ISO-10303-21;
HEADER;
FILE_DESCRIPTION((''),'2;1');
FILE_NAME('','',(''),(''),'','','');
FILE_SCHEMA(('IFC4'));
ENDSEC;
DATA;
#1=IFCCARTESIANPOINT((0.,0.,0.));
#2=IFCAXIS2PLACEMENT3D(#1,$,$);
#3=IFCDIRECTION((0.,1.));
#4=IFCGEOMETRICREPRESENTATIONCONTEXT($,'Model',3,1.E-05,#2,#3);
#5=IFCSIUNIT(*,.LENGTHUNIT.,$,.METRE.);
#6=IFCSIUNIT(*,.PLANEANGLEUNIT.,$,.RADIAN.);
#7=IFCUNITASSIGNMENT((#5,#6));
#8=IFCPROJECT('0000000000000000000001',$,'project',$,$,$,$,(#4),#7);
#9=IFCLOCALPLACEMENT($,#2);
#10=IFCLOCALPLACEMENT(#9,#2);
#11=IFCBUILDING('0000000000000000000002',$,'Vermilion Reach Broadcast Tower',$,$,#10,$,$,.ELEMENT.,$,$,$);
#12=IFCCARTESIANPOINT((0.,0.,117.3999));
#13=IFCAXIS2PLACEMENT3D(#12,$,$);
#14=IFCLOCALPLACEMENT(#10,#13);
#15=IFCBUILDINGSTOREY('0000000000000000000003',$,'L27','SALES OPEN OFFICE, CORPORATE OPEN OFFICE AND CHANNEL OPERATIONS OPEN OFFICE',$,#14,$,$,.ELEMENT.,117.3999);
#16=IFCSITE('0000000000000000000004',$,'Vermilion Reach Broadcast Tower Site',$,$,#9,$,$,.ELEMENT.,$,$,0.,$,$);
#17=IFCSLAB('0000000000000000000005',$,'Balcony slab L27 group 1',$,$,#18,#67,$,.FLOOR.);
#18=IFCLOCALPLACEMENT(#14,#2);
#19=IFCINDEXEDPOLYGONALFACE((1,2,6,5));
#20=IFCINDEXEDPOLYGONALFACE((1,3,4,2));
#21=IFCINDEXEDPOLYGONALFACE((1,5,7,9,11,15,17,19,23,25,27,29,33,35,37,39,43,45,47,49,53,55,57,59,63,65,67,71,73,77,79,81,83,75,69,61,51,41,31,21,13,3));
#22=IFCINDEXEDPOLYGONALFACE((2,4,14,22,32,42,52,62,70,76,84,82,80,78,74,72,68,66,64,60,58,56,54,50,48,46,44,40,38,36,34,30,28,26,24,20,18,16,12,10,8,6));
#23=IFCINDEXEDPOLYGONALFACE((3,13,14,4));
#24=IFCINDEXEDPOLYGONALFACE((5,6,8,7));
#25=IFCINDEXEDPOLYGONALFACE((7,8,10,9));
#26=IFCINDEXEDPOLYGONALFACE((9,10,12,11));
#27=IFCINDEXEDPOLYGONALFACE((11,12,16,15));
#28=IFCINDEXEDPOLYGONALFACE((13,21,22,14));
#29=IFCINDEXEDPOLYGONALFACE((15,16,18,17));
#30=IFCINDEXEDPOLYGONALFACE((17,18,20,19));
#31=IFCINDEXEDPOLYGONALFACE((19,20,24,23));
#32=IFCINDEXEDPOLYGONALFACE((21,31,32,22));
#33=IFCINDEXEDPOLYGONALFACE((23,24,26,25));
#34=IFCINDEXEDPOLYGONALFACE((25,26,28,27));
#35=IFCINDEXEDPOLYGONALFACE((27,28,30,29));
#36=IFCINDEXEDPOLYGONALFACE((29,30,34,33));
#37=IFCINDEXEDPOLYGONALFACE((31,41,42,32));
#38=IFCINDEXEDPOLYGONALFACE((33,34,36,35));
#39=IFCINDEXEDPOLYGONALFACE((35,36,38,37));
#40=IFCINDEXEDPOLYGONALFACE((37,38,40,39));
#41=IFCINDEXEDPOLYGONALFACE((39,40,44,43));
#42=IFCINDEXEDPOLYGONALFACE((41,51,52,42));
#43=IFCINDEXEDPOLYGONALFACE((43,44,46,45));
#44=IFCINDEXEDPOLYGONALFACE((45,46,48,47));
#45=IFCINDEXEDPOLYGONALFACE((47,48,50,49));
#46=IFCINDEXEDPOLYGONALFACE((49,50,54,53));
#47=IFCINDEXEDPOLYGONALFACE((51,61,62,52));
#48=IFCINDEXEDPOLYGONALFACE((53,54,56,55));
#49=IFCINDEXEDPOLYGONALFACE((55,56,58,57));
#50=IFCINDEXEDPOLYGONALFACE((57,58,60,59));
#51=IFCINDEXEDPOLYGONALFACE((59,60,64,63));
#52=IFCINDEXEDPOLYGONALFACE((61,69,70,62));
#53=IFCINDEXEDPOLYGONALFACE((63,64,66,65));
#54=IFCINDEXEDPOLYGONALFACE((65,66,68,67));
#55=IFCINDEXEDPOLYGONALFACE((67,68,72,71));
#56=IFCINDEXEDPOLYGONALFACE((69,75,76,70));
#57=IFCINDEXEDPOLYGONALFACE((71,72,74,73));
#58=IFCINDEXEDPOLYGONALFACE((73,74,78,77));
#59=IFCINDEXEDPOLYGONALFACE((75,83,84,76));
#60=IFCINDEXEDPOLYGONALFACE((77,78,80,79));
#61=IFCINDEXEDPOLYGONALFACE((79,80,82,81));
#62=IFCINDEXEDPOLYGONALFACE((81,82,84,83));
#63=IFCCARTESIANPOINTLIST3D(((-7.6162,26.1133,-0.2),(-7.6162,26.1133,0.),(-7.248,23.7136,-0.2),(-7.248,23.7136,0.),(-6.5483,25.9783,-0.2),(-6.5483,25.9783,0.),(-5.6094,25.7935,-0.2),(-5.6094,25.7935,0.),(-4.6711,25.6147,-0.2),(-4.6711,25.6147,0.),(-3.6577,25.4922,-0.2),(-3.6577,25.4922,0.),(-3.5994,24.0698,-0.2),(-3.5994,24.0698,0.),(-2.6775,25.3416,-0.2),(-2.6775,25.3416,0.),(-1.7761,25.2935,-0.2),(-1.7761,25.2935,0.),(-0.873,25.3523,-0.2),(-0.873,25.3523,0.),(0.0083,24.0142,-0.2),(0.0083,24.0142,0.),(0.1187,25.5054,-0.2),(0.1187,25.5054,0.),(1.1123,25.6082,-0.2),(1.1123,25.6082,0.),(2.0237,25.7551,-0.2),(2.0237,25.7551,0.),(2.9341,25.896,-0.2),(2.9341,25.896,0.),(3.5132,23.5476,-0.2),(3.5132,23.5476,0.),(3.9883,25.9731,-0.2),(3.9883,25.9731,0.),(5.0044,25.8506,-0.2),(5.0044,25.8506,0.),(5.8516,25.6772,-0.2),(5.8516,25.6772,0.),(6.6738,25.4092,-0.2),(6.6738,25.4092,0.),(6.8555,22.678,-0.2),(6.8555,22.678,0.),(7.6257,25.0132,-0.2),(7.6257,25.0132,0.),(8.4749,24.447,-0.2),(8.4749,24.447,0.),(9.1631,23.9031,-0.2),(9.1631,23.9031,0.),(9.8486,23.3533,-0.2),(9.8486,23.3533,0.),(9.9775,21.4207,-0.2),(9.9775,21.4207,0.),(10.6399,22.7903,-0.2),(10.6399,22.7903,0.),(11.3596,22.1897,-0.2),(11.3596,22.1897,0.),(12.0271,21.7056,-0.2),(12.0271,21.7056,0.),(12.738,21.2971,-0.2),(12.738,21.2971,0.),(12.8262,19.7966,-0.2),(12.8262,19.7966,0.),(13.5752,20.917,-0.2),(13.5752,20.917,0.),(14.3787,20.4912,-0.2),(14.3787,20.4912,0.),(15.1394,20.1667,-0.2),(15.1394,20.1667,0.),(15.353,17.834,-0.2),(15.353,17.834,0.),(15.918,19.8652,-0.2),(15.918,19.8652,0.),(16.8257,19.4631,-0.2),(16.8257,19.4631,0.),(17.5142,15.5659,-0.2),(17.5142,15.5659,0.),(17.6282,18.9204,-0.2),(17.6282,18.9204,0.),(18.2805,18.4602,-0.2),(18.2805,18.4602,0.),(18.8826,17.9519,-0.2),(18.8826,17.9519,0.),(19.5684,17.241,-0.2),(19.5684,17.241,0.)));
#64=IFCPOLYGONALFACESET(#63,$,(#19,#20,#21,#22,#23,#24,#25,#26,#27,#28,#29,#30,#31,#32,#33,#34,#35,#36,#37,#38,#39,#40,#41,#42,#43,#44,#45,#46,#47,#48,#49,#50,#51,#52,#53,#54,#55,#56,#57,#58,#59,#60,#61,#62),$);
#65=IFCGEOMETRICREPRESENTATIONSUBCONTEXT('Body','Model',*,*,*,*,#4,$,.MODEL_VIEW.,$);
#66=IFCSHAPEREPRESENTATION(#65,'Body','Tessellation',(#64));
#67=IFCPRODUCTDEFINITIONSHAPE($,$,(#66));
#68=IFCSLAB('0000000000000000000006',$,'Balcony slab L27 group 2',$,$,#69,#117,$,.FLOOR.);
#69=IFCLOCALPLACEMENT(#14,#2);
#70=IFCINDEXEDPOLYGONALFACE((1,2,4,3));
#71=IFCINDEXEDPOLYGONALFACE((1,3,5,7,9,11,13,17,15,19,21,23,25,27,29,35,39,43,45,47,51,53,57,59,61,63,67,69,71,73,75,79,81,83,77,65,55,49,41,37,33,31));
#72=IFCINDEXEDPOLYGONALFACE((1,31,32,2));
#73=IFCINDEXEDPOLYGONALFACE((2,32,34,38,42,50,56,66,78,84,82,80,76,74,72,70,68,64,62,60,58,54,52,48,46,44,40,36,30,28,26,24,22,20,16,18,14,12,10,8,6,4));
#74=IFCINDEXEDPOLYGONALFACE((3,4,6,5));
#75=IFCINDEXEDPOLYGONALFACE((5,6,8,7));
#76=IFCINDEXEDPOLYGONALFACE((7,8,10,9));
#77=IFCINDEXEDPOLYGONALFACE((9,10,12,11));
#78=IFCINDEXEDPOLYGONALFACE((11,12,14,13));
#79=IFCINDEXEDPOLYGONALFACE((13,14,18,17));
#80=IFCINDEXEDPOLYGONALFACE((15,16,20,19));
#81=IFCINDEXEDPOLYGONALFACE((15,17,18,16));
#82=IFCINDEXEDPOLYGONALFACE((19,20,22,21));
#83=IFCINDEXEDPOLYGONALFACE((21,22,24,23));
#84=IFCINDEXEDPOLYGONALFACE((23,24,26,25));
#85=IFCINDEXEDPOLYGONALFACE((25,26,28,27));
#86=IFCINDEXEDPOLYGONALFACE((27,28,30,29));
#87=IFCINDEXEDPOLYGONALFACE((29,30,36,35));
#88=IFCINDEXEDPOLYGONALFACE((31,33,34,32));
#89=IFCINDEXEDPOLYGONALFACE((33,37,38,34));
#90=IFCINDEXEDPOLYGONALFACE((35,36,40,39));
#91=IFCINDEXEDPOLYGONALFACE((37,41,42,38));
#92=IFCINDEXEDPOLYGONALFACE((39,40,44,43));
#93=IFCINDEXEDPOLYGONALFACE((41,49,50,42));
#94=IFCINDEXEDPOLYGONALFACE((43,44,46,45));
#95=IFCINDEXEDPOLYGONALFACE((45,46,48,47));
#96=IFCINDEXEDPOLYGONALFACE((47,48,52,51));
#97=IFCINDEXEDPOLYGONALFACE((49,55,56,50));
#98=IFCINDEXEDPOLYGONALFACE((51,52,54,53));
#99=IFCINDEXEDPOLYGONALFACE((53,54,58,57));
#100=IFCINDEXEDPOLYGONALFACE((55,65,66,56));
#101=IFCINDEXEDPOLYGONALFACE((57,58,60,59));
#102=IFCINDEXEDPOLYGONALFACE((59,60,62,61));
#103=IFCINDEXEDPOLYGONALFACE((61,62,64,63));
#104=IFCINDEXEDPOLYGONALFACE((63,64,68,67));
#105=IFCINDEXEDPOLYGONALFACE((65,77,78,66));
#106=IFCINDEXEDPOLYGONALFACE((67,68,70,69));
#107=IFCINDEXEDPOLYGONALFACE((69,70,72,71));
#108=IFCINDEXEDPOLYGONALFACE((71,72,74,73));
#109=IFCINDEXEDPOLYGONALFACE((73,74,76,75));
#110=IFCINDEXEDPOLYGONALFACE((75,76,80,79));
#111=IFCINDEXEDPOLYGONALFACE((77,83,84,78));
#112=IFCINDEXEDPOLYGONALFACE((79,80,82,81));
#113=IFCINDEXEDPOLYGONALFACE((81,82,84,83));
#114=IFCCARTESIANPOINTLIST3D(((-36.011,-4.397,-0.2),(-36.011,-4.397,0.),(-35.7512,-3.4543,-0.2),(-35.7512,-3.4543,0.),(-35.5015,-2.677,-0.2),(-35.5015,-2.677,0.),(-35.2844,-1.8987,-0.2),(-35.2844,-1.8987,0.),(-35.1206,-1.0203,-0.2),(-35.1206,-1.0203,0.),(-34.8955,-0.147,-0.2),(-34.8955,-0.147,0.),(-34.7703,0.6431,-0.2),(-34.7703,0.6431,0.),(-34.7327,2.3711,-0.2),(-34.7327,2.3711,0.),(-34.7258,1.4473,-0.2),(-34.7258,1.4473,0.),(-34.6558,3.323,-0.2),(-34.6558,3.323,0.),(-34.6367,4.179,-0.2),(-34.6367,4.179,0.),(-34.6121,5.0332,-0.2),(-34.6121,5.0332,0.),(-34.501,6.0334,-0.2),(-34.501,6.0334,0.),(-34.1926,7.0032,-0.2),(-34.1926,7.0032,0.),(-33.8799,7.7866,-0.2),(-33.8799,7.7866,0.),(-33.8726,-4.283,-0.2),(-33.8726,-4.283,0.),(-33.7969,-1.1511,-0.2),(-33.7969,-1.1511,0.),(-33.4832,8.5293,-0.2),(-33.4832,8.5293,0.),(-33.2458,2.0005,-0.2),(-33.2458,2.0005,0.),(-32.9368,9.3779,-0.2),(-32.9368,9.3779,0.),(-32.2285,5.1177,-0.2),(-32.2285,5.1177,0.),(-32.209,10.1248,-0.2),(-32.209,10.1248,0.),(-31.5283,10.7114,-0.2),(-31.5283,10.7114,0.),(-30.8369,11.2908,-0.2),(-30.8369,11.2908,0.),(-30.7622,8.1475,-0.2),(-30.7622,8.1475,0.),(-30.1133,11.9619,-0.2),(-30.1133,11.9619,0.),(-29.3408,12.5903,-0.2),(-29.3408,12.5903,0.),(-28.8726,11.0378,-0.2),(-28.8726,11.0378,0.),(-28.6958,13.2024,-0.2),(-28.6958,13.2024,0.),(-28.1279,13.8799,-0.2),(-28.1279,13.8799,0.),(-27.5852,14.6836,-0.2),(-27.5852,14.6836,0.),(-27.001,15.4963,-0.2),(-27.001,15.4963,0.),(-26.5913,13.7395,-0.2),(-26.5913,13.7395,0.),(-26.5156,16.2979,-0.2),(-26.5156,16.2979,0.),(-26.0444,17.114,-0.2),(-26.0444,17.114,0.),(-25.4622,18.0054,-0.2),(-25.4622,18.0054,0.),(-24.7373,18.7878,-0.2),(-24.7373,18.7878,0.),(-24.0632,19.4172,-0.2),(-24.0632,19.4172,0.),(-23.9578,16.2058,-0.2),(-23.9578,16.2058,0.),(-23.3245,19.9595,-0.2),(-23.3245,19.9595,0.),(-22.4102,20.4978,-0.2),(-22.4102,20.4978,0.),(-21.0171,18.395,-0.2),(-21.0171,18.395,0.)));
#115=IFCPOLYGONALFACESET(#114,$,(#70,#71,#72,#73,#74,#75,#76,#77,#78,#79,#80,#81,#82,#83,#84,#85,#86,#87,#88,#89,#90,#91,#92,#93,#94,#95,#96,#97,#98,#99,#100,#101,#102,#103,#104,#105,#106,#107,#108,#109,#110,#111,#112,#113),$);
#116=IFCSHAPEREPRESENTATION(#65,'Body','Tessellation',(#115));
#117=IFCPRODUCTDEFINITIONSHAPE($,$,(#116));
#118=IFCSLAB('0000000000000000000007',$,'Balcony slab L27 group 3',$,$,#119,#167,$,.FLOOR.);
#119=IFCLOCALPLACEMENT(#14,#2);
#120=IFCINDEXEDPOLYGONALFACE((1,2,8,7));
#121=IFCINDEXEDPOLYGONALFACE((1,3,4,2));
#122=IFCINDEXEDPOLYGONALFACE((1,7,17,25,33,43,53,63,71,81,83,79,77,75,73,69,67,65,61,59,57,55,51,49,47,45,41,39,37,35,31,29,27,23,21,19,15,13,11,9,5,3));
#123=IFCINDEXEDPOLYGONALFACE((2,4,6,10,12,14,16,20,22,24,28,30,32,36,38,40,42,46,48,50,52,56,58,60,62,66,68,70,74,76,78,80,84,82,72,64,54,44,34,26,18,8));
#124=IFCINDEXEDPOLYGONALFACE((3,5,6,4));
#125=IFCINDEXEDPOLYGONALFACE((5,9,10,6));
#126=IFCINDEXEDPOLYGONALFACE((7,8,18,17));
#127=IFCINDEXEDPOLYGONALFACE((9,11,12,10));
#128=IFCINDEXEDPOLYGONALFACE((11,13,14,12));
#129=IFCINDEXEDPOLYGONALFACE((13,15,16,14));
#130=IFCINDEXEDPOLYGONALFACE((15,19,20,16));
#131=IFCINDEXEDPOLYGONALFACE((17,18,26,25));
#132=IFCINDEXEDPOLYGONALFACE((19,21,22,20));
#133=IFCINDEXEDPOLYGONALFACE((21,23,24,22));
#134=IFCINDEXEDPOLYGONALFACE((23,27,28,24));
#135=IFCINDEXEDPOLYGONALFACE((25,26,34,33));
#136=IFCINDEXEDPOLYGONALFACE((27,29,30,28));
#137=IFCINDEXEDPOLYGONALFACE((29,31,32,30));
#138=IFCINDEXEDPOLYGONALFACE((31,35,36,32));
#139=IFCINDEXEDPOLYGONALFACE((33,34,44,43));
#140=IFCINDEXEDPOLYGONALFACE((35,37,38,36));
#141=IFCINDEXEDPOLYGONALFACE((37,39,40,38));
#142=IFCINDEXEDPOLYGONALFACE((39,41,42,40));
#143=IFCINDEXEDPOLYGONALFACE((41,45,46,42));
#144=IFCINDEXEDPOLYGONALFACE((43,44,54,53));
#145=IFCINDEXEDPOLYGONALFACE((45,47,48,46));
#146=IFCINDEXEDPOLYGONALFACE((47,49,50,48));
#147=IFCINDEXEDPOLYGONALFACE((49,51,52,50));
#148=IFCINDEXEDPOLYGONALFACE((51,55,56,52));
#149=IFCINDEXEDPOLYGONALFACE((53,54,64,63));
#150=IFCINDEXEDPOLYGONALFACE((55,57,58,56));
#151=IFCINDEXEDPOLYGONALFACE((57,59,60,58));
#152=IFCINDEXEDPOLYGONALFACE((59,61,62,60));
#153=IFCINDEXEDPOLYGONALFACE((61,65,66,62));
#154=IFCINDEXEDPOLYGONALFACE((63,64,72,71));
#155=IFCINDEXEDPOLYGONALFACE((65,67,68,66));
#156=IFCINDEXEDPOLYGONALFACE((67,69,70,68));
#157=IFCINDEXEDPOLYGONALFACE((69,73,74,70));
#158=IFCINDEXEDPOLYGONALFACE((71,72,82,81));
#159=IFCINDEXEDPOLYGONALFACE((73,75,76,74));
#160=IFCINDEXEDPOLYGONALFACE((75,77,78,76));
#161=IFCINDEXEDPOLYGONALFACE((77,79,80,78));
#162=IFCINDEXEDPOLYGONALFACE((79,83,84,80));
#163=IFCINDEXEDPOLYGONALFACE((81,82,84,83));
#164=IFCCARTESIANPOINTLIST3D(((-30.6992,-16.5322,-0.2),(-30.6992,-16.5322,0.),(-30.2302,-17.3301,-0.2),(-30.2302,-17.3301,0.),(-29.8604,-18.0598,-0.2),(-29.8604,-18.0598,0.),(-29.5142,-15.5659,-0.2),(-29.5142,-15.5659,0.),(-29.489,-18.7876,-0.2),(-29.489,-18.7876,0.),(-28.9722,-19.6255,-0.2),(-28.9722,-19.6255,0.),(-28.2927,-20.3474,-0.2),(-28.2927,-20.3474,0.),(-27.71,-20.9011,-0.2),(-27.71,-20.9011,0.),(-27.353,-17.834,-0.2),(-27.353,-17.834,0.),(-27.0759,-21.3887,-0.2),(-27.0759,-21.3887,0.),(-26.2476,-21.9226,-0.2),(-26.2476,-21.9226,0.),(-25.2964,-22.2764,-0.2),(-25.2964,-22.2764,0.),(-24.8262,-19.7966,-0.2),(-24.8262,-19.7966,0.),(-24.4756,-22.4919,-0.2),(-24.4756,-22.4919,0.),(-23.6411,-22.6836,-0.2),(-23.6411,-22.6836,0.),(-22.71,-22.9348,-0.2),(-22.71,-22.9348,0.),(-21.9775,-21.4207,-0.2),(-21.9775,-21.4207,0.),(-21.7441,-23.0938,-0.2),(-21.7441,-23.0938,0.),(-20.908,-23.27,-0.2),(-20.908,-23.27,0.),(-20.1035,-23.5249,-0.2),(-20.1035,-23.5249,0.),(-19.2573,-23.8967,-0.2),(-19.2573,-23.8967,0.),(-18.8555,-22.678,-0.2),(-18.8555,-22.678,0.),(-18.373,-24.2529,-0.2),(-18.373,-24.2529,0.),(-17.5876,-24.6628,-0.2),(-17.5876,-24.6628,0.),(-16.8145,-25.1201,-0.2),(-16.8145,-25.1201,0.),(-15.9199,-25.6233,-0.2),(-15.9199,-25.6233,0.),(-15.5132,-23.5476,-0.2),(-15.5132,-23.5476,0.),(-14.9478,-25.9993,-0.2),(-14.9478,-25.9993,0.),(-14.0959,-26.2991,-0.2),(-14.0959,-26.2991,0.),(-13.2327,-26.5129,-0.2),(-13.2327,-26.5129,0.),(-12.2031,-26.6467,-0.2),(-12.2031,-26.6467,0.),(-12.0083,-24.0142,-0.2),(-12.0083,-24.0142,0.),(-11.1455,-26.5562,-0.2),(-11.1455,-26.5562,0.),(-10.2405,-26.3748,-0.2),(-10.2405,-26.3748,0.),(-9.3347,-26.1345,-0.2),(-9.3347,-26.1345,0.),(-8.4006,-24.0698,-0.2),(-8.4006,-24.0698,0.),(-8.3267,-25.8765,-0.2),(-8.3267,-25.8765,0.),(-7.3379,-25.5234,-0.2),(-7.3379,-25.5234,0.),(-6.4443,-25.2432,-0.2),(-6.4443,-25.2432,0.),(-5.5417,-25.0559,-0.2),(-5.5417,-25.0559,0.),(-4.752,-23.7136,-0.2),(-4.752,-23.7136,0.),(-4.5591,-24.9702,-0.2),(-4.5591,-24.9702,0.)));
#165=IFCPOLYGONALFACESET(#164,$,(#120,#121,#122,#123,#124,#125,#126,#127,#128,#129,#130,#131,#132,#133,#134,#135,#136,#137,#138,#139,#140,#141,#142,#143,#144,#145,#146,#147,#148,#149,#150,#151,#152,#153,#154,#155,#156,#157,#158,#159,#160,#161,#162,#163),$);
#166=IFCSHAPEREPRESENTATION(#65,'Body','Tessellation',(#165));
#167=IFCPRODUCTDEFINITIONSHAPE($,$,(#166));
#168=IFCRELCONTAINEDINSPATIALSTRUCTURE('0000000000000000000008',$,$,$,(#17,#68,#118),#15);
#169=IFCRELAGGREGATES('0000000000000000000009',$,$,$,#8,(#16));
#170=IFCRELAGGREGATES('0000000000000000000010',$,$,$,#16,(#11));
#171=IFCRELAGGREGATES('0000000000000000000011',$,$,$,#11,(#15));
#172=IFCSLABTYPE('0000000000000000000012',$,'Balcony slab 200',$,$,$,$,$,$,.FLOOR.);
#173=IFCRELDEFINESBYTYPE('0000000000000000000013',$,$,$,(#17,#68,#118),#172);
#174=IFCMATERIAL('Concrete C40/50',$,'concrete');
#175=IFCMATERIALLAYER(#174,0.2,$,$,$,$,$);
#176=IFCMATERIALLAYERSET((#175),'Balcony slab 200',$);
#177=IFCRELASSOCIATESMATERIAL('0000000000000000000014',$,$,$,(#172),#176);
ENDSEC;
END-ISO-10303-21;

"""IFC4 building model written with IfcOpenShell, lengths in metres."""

from ifc_helpers import new_model, si_unit, direction, frame, origin, place, context, subcontext, project, spatial, polyline, outline, extrude, material, layer, layer_set, type_object, element, save


model = new_model("IFC4")

# Units and contexts
model_context = context("Model", 3, precision=1e-05, world=origin(), true_north=direction((0.0, 1.0)))
body_context = subcontext(model_context, "Body", "Model", "MODEL_VIEW")
ifc_project = project(units=[si_unit("LENGTHUNIT", "METRE"), si_unit("PLANEANGLEUNIT", "RADIAN")], contexts=[model_context])

# Site, building, storey
site_placement = place(None, origin())
site = spatial("IfcSite", under=ifc_project, at=site_placement, Name="Vermilion Reach Broadcast Tower Site", CompositionType="ELEMENT", RefElevation=0.0)
building_placement = place(site_placement, origin())
building = spatial("IfcBuilding", under=site, at=building_placement, Name="Vermilion Reach Broadcast Tower", CompositionType="ELEMENT")
storey_placement = place(building_placement, frame((0.0, 0.0, 117.3999)))
storey = spatial("IfcBuildingStorey", under=building, at=storey_placement, Name="L27", Description="SALES OPEN OFFICE, CORPORATE OPEN OFFICE AND CHANNEL OPERATIONS OPEN OFFICE", CompositionType="ELEMENT", Elevation=117.3999)

# Slabs
ifc_material_1 = material(Name="Concrete C40/50", Category="concrete")
ifc_layer_1 = layer(ifc_material_1, 0.2)
ifc_layer_set_1 = layer_set([ifc_layer_1], Name="Balcony slab 200")
slab_type_1 = type_object("IfcSlabType", Name="Balcony slab 200", PredefinedType="FLOOR", material=ifc_layer_set_1)
placement_1 = place(storey_placement, frame((0.0, 0.0, -0.2)))
element("IfcSlab", 1, at=placement_1, inside=storey, type_object=slab_type_1, Name="Balcony slab L27 group 1", PredefinedType="FLOOR", context=body_context, shape_type="SweptSolid", body=[
    extrude(outline(polyline([(17.5142, 15.5659), (15.353, 17.834), (12.8262, 19.7966), (9.9775, 21.4207), (6.8555, 22.678), (3.5132, 23.5476), (0.0083, 24.0142), (-3.5994, 24.0698), (-7.248, 23.7136), (-7.6162, 26.1133), (-6.5483, 25.9783), (-5.6094, 25.7935), (-4.6711, 25.6147), (-3.6577, 25.4922), (-2.6775, 25.3416), (-1.7761, 25.2935), (-0.873, 25.3523), (0.1187, 25.5054), (1.1123, 25.6082), (2.0237, 25.7551), (2.9341, 25.896), (3.9883, 25.9731), (5.0044, 25.8506), (5.8516, 25.6772), (6.6738, 25.4092), (7.6257, 25.0132), (8.4749, 24.447), (9.1631, 23.9031), (9.8486, 23.3533), (10.6399, 22.7903), (11.3596, 22.1897), (12.0271, 21.7056), (12.738, 21.2971), (13.5752, 20.917), (14.3787, 20.4912), (15.1394, 20.1667), (15.918, 19.8652), (16.8257, 19.4631), (17.6282, 18.9204), (18.2805, 18.4602), (18.8826, 17.9519), (19.5684, 17.241), (17.5142, 15.5659)])), origin(), (0.0, 0.0, 1.0), 0.2),
])
element("IfcSlab", 2, at=placement_1, inside=storey, type_object=slab_type_1, Name="Balcony slab L27 group 2", PredefinedType="FLOOR", context=body_context, shape_type="SweptSolid", body=[
    extrude(outline(polyline([(-21.0171, 18.395), (-23.9578, 16.2058), (-26.5913, 13.7395), (-28.8726, 11.0378), (-30.7622, 8.1475), (-32.2285, 5.1177), (-33.2458, 2.0005), (-33.7969, -1.1511), (-33.8726, -4.283), (-36.011, -4.397), (-35.7512, -3.4543), (-35.5015, -2.677), (-35.2844, -1.8987), (-35.1206, -1.0203), (-34.8955, -0.147), (-34.7703, 0.6431), (-34.7258, 1.4473), (-34.7327, 2.3711), (-34.6558, 3.323), (-34.6367, 4.179), (-34.6121, 5.0332), (-34.501, 6.0334), (-34.1926, 7.0032), (-33.8799, 7.7866), (-33.4832, 8.5293), (-32.9368, 9.3779), (-32.209, 10.1248), (-31.5283, 10.7114), (-30.8369, 11.2908), (-30.1133, 11.9619), (-29.3408, 12.5903), (-28.6958, 13.2024), (-28.1279, 13.8799), (-27.5852, 14.6836), (-27.001, 15.4963), (-26.5156, 16.2979), (-26.0444, 17.114), (-25.4622, 18.0054), (-24.7373, 18.7878), (-24.0632, 19.4172), (-23.3245, 19.9595), (-22.4102, 20.4978), (-21.0171, 18.395)])), origin(), (0.0, 0.0, 1.0), 0.2),
])
element("IfcSlab", 3, at=placement_1, inside=storey, type_object=slab_type_1, Name="Balcony slab L27 group 3", PredefinedType="FLOOR", context=body_context, shape_type="SweptSolid", body=[
    extrude(outline(polyline([(-29.5142, -15.5659), (-27.353, -17.834), (-24.8262, -19.7966), (-21.9775, -21.4207), (-18.8555, -22.678), (-15.5132, -23.5476), (-12.0083, -24.0142), (-8.4006, -24.0698), (-4.752, -23.7136), (-4.5591, -24.9702), (-5.5417, -25.0559), (-6.4443, -25.2432), (-7.3379, -25.5234), (-8.3267, -25.8765), (-9.3347, -26.1345), (-10.2405, -26.3748), (-11.1455, -26.5562), (-12.2031, -26.6467), (-13.2327, -26.5129), (-14.0959, -26.2991), (-14.9478, -25.9993), (-15.9199, -25.6233), (-16.8145, -25.1201), (-17.5876, -24.6628), (-18.373, -24.2529), (-19.2573, -23.8967), (-20.1035, -23.5249), (-20.908, -23.27), (-21.7441, -23.0938), (-22.71, -22.9348), (-23.6411, -22.6836), (-24.4756, -22.4919), (-25.2964, -22.2764), (-26.2476, -21.9226), (-27.0759, -21.3887), (-27.71, -20.9011), (-28.2927, -20.3474), (-28.9722, -19.6255), (-29.489, -18.7876), (-29.8604, -18.0598), (-30.2302, -17.3301), (-30.6992, -16.5322), (-29.5142, -15.5659)])), origin(), (0.0, 0.0, 1.0), 0.2),
])

save(model, "model.ifc")
